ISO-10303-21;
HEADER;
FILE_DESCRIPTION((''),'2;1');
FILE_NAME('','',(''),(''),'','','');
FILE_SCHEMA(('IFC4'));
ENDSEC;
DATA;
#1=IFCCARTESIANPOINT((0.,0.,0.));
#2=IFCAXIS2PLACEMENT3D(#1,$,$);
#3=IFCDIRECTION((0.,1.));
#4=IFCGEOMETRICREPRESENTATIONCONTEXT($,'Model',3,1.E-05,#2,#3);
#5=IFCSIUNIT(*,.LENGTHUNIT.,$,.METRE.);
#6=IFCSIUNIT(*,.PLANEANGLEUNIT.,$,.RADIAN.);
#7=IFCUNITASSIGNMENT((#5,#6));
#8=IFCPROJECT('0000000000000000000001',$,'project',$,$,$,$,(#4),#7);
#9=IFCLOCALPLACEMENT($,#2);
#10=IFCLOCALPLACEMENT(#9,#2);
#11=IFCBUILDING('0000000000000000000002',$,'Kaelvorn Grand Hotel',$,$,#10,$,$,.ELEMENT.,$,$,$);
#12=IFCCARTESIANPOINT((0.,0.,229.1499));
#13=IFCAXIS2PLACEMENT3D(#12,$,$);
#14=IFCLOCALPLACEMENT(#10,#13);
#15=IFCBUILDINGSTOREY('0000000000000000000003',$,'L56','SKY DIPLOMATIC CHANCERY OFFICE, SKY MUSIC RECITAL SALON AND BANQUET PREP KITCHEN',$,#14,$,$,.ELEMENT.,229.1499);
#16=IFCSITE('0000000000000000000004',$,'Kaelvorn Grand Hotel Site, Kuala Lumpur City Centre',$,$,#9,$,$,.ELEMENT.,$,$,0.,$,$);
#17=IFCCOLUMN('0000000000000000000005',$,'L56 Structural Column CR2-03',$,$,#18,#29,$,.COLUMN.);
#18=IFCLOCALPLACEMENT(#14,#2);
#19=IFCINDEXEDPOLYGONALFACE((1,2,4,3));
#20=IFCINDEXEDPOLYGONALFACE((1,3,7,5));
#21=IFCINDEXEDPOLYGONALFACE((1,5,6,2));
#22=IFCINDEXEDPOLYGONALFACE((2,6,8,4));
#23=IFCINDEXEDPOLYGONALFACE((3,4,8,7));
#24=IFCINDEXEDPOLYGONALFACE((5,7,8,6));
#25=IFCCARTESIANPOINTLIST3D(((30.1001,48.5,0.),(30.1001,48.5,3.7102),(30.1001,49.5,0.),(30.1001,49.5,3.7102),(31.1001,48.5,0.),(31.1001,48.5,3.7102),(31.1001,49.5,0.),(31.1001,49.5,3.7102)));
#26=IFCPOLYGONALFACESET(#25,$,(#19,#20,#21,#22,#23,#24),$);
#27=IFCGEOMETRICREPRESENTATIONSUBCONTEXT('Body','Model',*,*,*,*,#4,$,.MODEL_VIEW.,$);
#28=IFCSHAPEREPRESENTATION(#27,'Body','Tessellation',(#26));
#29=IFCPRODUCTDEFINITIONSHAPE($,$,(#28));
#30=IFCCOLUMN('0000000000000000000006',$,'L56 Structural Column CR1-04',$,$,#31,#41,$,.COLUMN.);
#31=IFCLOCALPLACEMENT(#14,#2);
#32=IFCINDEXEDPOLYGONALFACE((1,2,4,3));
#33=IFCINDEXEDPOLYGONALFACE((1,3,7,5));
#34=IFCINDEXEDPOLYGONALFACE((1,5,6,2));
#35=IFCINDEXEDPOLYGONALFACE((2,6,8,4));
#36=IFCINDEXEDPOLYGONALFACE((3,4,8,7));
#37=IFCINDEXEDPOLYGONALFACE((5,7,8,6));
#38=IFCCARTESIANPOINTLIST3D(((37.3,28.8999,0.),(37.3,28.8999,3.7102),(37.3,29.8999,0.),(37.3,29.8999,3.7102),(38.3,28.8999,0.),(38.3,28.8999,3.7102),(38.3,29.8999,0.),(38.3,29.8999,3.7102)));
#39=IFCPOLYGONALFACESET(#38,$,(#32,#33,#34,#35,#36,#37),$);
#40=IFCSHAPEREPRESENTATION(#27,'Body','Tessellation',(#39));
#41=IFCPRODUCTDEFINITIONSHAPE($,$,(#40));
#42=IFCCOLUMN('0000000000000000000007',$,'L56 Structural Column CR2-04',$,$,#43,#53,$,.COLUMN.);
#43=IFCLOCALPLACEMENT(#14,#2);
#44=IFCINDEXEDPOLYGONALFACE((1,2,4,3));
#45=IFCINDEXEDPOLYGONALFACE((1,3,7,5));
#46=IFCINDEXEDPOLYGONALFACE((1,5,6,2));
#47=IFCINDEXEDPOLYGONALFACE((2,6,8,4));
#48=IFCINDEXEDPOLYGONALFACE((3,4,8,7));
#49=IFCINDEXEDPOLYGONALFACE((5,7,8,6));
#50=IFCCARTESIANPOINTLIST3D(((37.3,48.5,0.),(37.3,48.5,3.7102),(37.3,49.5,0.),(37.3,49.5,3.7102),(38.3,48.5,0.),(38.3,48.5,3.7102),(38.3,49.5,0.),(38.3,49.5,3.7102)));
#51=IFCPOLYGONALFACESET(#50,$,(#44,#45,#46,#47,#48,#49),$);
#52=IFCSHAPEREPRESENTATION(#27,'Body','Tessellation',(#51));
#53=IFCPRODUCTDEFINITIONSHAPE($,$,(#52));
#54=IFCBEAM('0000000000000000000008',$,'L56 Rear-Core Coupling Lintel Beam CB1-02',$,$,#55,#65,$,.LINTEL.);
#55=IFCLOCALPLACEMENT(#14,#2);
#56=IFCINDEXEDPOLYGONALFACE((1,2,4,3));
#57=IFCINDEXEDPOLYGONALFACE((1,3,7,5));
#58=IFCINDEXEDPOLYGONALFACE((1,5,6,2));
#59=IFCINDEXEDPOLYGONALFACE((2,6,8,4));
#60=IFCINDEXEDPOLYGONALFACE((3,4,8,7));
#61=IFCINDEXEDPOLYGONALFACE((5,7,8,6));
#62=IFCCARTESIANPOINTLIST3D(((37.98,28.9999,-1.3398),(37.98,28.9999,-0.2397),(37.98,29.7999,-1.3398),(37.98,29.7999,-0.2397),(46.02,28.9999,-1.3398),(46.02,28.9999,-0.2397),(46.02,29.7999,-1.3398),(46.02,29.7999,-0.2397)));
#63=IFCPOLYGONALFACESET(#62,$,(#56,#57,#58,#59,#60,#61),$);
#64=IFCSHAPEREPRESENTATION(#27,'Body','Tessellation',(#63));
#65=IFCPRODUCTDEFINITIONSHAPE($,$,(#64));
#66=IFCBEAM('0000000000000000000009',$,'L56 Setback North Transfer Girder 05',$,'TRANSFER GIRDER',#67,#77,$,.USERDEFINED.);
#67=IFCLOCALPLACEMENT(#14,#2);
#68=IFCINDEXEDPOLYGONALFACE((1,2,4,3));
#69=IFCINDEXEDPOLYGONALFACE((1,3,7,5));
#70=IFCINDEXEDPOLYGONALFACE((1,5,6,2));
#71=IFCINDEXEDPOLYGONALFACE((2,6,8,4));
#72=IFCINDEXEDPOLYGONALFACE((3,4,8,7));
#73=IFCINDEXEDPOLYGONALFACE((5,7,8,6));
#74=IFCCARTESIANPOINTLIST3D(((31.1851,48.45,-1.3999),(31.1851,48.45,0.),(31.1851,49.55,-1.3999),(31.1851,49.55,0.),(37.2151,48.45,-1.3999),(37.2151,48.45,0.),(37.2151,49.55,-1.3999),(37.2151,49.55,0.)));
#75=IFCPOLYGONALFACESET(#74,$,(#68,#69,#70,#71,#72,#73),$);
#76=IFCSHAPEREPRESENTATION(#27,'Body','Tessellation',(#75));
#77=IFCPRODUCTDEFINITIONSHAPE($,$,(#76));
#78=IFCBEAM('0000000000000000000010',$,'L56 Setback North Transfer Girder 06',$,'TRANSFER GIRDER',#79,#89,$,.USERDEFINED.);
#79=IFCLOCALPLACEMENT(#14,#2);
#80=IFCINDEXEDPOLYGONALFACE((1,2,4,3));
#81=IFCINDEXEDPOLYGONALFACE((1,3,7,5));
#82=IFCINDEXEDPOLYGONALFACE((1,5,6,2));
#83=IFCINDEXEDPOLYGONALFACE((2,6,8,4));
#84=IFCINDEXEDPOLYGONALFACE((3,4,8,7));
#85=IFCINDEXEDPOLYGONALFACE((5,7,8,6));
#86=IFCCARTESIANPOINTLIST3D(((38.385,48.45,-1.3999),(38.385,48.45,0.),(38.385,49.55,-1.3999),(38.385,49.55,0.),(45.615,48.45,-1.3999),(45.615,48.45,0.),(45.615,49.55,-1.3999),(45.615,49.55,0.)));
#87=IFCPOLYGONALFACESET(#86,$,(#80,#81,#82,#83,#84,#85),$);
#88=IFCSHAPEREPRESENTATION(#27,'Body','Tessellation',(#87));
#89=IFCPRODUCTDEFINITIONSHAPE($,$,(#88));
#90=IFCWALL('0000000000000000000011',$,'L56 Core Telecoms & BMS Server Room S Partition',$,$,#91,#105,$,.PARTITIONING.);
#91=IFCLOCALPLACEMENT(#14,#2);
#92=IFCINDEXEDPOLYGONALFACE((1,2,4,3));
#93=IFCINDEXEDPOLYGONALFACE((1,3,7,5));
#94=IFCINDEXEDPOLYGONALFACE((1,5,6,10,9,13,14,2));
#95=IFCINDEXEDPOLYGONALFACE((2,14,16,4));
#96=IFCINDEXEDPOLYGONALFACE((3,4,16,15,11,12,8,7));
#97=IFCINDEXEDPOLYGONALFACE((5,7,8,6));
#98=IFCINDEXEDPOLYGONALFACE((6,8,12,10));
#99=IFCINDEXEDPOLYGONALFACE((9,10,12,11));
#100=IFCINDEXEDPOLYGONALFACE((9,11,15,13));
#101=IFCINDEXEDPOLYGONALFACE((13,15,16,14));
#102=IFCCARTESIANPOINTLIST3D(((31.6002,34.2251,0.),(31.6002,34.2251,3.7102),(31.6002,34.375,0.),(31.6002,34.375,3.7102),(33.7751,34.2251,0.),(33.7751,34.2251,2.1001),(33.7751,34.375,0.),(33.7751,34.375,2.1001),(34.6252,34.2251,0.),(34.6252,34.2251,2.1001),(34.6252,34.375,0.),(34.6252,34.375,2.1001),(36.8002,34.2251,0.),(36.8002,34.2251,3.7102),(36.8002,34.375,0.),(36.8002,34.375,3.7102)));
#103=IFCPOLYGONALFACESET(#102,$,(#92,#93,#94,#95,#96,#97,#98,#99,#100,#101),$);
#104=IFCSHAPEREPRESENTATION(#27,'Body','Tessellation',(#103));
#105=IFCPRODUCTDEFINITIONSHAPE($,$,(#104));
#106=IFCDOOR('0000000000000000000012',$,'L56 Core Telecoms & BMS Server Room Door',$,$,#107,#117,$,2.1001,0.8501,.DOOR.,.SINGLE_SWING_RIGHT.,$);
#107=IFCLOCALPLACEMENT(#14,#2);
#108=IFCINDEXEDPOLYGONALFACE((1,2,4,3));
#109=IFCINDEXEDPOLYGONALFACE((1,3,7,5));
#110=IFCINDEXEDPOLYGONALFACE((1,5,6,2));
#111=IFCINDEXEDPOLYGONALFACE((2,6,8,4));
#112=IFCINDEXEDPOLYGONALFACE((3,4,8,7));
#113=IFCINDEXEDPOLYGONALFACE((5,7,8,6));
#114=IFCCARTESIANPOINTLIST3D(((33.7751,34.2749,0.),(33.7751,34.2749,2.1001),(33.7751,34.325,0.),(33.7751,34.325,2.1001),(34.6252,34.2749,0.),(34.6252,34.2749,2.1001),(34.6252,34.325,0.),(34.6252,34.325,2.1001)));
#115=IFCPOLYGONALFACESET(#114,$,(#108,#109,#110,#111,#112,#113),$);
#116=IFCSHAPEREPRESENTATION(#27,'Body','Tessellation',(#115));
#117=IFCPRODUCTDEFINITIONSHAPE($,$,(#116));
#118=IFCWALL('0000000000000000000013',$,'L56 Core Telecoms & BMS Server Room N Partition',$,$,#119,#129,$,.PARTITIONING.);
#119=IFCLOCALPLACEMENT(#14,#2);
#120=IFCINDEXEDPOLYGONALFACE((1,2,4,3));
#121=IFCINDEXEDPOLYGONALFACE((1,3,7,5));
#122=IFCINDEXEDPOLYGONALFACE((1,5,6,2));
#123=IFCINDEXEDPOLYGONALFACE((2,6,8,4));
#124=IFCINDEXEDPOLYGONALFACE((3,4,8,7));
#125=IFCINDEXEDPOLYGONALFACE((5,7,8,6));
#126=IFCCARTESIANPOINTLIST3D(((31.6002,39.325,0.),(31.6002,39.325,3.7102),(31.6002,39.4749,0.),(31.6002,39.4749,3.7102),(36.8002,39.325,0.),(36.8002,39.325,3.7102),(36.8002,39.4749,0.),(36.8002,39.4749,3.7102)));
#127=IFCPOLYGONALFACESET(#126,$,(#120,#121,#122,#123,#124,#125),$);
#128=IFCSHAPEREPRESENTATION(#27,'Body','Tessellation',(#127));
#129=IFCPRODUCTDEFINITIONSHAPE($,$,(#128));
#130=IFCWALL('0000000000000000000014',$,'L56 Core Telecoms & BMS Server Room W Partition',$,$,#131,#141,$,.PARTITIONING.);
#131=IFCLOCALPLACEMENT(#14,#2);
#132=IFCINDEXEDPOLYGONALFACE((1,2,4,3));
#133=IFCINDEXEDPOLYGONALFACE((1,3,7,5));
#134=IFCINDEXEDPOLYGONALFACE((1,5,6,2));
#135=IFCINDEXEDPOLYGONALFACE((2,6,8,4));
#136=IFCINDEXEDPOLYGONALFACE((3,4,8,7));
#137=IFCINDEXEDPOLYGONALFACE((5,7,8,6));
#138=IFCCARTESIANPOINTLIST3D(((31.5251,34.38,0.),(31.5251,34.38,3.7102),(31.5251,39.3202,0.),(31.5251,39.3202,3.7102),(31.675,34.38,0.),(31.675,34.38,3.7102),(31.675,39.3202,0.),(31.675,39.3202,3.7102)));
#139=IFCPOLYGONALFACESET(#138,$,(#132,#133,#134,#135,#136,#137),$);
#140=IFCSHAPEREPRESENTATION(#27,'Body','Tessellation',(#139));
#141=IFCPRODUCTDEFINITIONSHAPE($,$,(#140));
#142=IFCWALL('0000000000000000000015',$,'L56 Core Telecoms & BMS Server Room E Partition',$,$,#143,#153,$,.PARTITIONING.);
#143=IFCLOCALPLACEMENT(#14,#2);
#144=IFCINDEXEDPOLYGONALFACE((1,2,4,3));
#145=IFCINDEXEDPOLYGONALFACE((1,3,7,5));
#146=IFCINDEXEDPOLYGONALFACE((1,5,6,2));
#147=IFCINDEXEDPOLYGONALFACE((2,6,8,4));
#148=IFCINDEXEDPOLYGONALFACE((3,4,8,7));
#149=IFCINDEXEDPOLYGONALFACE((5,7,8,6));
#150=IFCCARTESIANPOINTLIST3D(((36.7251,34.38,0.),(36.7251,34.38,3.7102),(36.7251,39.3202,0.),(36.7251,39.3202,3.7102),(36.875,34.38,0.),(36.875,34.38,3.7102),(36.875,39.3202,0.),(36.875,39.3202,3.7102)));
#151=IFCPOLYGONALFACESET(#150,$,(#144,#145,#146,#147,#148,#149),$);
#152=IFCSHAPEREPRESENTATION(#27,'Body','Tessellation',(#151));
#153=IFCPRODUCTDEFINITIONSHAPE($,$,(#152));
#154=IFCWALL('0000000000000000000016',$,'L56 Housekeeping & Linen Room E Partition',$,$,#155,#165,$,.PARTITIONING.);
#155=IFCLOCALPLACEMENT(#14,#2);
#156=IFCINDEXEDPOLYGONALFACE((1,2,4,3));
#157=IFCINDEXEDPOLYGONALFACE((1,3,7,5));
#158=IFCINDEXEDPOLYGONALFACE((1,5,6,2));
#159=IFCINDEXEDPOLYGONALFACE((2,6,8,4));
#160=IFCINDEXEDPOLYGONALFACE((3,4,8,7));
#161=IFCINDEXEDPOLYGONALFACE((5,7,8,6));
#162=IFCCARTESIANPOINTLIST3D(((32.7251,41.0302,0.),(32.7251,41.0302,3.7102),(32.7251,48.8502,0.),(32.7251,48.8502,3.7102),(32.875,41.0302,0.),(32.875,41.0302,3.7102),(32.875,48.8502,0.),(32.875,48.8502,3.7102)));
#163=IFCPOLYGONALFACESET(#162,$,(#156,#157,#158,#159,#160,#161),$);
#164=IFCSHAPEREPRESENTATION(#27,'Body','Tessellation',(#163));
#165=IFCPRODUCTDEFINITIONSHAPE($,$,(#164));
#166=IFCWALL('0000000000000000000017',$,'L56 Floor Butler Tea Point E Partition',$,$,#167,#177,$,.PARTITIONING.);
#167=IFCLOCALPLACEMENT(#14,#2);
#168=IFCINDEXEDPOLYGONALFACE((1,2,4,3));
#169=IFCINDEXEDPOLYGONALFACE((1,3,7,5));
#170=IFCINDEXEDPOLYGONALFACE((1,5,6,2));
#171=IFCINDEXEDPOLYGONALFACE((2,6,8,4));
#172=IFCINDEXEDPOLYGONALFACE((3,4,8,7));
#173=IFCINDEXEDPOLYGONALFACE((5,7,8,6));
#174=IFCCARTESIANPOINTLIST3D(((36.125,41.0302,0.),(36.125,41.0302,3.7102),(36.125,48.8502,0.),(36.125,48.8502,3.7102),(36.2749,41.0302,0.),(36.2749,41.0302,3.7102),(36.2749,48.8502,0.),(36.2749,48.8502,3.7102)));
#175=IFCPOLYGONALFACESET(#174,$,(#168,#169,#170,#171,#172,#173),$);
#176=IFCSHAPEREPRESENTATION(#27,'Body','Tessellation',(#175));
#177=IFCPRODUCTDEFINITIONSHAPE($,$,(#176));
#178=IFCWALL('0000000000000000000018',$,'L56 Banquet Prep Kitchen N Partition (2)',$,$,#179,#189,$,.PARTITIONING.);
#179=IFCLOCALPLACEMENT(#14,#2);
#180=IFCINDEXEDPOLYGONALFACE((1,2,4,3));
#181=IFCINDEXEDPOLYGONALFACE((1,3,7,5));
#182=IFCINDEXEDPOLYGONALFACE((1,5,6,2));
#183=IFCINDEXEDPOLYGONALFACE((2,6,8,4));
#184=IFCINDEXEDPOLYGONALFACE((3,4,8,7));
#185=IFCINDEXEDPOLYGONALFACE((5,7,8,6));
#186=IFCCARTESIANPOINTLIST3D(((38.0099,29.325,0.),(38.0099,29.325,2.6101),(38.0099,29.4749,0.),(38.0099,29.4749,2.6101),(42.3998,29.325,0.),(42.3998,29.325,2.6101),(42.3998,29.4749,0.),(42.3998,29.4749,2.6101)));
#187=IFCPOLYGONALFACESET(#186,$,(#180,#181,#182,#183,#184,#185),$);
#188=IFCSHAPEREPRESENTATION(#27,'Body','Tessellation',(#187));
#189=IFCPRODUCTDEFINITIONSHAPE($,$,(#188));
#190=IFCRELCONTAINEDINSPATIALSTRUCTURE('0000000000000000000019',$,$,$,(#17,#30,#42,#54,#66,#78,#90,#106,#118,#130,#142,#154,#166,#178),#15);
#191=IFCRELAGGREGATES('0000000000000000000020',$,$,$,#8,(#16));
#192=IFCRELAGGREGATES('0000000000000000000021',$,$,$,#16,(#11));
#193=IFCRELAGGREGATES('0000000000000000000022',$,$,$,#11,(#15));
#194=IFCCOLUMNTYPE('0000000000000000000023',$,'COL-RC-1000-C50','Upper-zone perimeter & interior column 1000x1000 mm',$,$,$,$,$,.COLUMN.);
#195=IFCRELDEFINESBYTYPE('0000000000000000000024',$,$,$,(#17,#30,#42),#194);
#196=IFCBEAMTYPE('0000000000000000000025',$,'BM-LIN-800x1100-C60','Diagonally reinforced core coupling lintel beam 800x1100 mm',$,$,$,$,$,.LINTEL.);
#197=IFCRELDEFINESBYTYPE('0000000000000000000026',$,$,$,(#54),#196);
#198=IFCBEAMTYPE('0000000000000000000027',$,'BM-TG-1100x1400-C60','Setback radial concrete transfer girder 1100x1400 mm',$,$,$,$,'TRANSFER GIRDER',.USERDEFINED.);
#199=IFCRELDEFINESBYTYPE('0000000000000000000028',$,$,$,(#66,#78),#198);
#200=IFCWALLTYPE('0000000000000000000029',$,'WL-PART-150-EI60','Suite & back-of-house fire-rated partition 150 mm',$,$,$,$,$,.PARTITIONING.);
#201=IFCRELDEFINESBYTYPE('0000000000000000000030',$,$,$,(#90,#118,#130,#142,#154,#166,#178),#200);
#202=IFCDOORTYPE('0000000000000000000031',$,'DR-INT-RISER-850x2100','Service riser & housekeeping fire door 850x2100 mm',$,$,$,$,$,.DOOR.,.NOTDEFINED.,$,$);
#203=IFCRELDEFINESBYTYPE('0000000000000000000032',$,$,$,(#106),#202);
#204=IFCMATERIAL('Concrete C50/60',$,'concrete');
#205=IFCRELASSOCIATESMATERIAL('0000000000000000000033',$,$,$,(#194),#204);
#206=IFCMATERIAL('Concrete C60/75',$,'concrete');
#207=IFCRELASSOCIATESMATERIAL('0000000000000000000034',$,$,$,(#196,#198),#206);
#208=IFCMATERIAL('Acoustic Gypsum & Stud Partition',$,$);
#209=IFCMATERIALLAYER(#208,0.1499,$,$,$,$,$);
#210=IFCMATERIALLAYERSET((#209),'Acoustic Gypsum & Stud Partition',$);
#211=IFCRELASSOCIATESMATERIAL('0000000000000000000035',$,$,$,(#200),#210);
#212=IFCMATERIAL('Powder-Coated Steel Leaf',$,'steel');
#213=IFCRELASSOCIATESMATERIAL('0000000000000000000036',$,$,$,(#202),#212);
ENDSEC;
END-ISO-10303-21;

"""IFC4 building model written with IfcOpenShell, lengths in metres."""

from ifc_helpers import new_model, si_unit, direction, frame, frame_2d, origin, origin_2d, place, context, subcontext, project, spatial, rectangle, extrude, material, layer, layer_set, material_profile, profile_set, type_object, element, fill, save


model = new_model("IFC4")

# Units and contexts
model_context = context("Model", 3, precision=1e-05, world=origin(), true_north=direction((0.0, 1.0)))
body_context = subcontext(model_context, "Body", "Model", "MODEL_VIEW")
ifc_project = project(units=[si_unit("LENGTHUNIT", "METRE"), si_unit("PLANEANGLEUNIT", "RADIAN")], contexts=[model_context])

# Site, building, storey
site_placement = place(None, origin())
site = spatial("IfcSite", under=ifc_project, at=site_placement, Name="Kaelvorn Grand Hotel Site, Kuala Lumpur City Centre", CompositionType="ELEMENT", RefElevation=0.0)
building_placement = place(site_placement, origin())
building = spatial("IfcBuilding", under=site, at=building_placement, Name="Kaelvorn Grand Hotel", CompositionType="ELEMENT")
storey_placement = place(building_placement, frame((0.0, 0.0, 229.1499)))
storey = spatial("IfcBuildingStorey", under=building, at=storey_placement, Name="L56", Description="SKY DIPLOMATIC CHANCERY OFFICE, SKY MUSIC RECITAL SALON AND BANQUET PREP KITCHEN", CompositionType="ELEMENT", Elevation=229.1499)

# Columns
ifc_material_1 = material(Name="Concrete C50/60", Category="concrete")
ifc_material_profile_1 = material_profile(ifc_material_1, rectangle(XDim=1.0, YDim=1.0, at=origin_2d()), Name="RC COL 1000x1000")
ifc_profile_set_1 = profile_set([ifc_material_profile_1], Name="Concrete C50/60")
column_type = type_object("IfcColumnType", Name="COL-RC-1000-C50", Description="Upper-zone perimeter & interior column 1000x1000 mm", PredefinedType="COLUMN", material=ifc_profile_set_1)
for number, where, z_axis, x_axis, name in (
    (1, (30.6001, 49.0, 0.0), (0.0, 0.0, 1.0), (1.0, 0.0, 0.0), "L56 Structural Column CR2-03"),
    (2, (37.8, 29.3999, 0.0), (0.0, 0.0, 1.0), (1.0, 0.0, 0.0), "L56 Structural Column CR1-04"),
    (3, (37.8, 49.0, 0.0), (0.0, 0.0, 1.0), (1.0, 0.0, 0.0), "L56 Structural Column CR2-04"),
):
    element("IfcColumn", number, at=place(storey_placement, frame(where, z_axis=z_axis, x_axis=x_axis)), inside=storey, type_object=column_type, Name=name, PredefinedType="COLUMN", context=body_context, shape_type="SweptSolid", body=[
        extrude(rectangle(XDim=1.0, YDim=1.0, at=origin_2d()), origin(), (0.0, 0.0, 1.0), 3.7102),
    ])

# Beams
ifc_material_2 = material(Name="Concrete C60/75", Category="concrete")
ifc_material_profile_2 = material_profile(ifc_material_2, rectangle(XDim=0.8, YDim=1.1001, at=origin_2d()), Name="RC LINTEL 800x1100")
ifc_profile_set_2 = profile_set([ifc_material_profile_2], Name="Concrete C60/75")
beam_type_1 = type_object("IfcBeamType", Name="BM-LIN-800x1100-C60", Description="Diagonally reinforced core coupling lintel beam 800x1100 mm", PredefinedType="LINTEL", material=ifc_profile_set_2)
beam_1_placement = place(storey_placement, frame((37.98, 29.3999, -0.7898), z_axis=(1.0, 0.0, 0.0), x_axis=(0.0, 1.0, 0.0)))
element("IfcBeam", 4, at=beam_1_placement, inside=storey, type_object=beam_type_1, Name="L56 Rear-Core Coupling Lintel Beam CB1-02", PredefinedType="LINTEL", context=body_context, shape_type="SweptSolid", body=[
    extrude(rectangle(XDim=0.8, YDim=1.1001, at=origin_2d()), origin(), (0.0, 0.0, 1.0), 8.04),
])
ifc_material_profile_3 = material_profile(ifc_material_2, rectangle(XDim=1.1001, YDim=1.3999, at=origin_2d()), Name="RC TG 1100x1400")
ifc_profile_set_3 = profile_set([ifc_material_profile_3], Name="Concrete C60/75")
beam_type_2 = type_object("IfcBeamType", Name="BM-TG-1100x1400-C60", Description="Setback radial concrete transfer girder 1100x1400 mm", ElementType="TRANSFER GIRDER", PredefinedType="USERDEFINED", material=ifc_profile_set_3)
beam_2_placement = place(storey_placement, frame((31.1851, 49.0, -0.7), z_axis=(1.0, 0.0, 0.0), x_axis=(0.0, 1.0, 0.0)))
element("IfcBeam", 5, at=beam_2_placement, inside=storey, type_object=beam_type_2, Name="L56 Setback North Transfer Girder 05", ObjectType="TRANSFER GIRDER", PredefinedType="USERDEFINED", context=body_context, shape_type="SweptSolid", body=[
    extrude(rectangle(XDim=1.1001, YDim=1.3999, at=origin_2d()), origin(), (0.0, 0.0, 1.0), 6.03),
])
beam_3_placement = place(storey_placement, frame((38.385, 49.0, -0.7), z_axis=(1.0, 0.0, 0.0), x_axis=(0.0, 1.0, 0.0)))
element("IfcBeam", 6, at=beam_3_placement, inside=storey, type_object=beam_type_2, Name="L56 Setback North Transfer Girder 06", ObjectType="TRANSFER GIRDER", PredefinedType="USERDEFINED", context=body_context, shape_type="SweptSolid", body=[
    extrude(rectangle(XDim=1.1001, YDim=1.3999, at=origin_2d()), origin(), (0.0, 0.0, 1.0), 7.23),
])

# Wall, opening, door
ifc_material_3 = material(Name="Acoustic Gypsum & Stud Partition")
ifc_layer_1 = layer(ifc_material_3, 0.1499)
ifc_layer_set_1 = layer_set([ifc_layer_1], Name="Acoustic Gypsum & Stud Partition")
wall_type_1 = type_object("IfcWallType", Name="WL-PART-150-EI60", Description="Suite & back-of-house fire-rated partition 150 mm", PredefinedType="PARTITIONING", material=ifc_layer_set_1)
wall_1_placement = place(storey_placement, frame((31.6001, 34.3, 0.0), z_axis=(0.0, 0.0, 1.0), x_axis=(1.0, 0.0, 0.0)))
wall_1 = element("IfcWall", 7, at=wall_1_placement, inside=storey, type_object=wall_type_1, Name="L56 Core Telecoms & BMS Server Room S Partition", PredefinedType="PARTITIONING", context=body_context, shape_type="SweptSolid", body=[
    extrude(rectangle(XDim=5.2, YDim=0.1499, at=frame_2d((2.6001, 0.0))), origin(), (0.0, 0.0, 1.0), 3.7102),
])
opening_1_placement = place(wall_1_placement, frame((2.175, 0.0, 0.0)))
opening_1 = element("IfcOpeningElement", 8, at=opening_1_placement, cuts=wall_1, PredefinedType="OPENING", context=body_context, shape_type="SweptSolid", body=[
    extrude(rectangle(XDim=0.8501, YDim=2.1001, at=frame_2d((0.425, 1.05))), frame((0.0, 0.085, 0.0), z_axis=(0.0, -1.0, 0.0), x_axis=(1.0, 0.0, 0.0)), (0.0, 0.0, 1.0), 0.1699),
])
ifc_material_4 = material(Name="Powder-Coated Steel Leaf", Category="steel")
door_type_1 = type_object("IfcDoorType", Name="DR-INT-RISER-850x2100", Description="Service riser & housekeeping fire door 850x2100 mm", OperationType="NOTDEFINED", PredefinedType="DOOR", material=ifc_material_4)
door_1_placement = place(opening_1_placement, origin())
door_1 = element("IfcDoor", 9, at=door_1_placement, inside=storey, type_object=door_type_1, Name="L56 Core Telecoms & BMS Server Room Door", OperationType="SINGLE_SWING_RIGHT", OverallHeight=2.1001, OverallWidth=0.8501, PredefinedType="DOOR", context=body_context, shape_type="SweptSolid", body=[
    extrude(rectangle(XDim=0.8501, YDim=2.1001, at=frame_2d((0.425, 1.05))), frame((0.0, 0.0249, 0.0), z_axis=(0.0, -1.0, 0.0), x_axis=(1.0, 0.0, 0.0)), (0.0, 0.0, 1.0), 0.05),
])
fill(opening_1, door_1)

# Walls
wall_2_placement = place(storey_placement, frame((31.6001, 39.3999, 0.0), z_axis=(0.0, 0.0, 1.0), x_axis=(1.0, 0.0, 0.0)))
element("IfcWall", 10, at=wall_2_placement, inside=storey, type_object=wall_type_1, Name="L56 Core Telecoms & BMS Server Room N Partition", PredefinedType="PARTITIONING", context=body_context, shape_type="SweptSolid", body=[
    extrude(rectangle(XDim=5.2, YDim=0.1499, at=frame_2d((2.6001, 0.0))), origin(), (0.0, 0.0, 1.0), 3.7102),
])
for number, where, z_axis, x_axis, name in (
    (11, (31.6001, 34.3799, 0.0), (0.0, 0.0, 1.0), (0.0, 1.0, 0.0), "L56 Core Telecoms & BMS Server Room W Partition"),
    (12, (36.8, 34.3799, 0.0), (0.0, 0.0, 1.0), (0.0, 1.0, 0.0), "L56 Core Telecoms & BMS Server Room E Partition"),
):
    element("IfcWall", number, at=place(storey_placement, frame(where, z_axis=z_axis, x_axis=x_axis)), inside=storey, type_object=wall_type_1, Name=name, PredefinedType="PARTITIONING", context=body_context, shape_type="SweptSolid", body=[
        extrude(rectangle(XDim=4.9402, YDim=0.1499, at=frame_2d((2.4702, 0.0))), origin(), (0.0, 0.0, 1.0), 3.7102),
    ])
wall_3_placement = place(storey_placement, frame((32.8, 41.03, 0.0), z_axis=(0.0, 0.0, 1.0), x_axis=(0.0, 1.0, 0.0)))
element("IfcWall", 13, at=wall_3_placement, inside=storey, type_object=wall_type_1, Name="L56 Housekeeping & Linen Room E Partition", PredefinedType="PARTITIONING", context=body_context, shape_type="SweptSolid", body=[
    extrude(rectangle(XDim=7.8201, YDim=0.1499, at=frame_2d((3.9102, 0.0))), origin(), (0.0, 0.0, 1.0), 3.7102),
])

# Walls
wall_4_placement = place(storey_placement, frame((36.2, 41.03, 0.0), z_axis=(0.0, 0.0, 1.0), x_axis=(0.0, 1.0, 0.0)))
element("IfcWall", 14, at=wall_4_placement, inside=storey, type_object=wall_type_1, Name="L56 Floor Butler Tea Point E Partition", PredefinedType="PARTITIONING", context=body_context, shape_type="SweptSolid", body=[
    extrude(rectangle(XDim=7.8201, YDim=0.1499, at=frame_2d((3.9102, 0.0))), origin(), (0.0, 0.0, 1.0), 3.7102),
])
wall_5_placement = place(storey_placement, frame((38.01, 29.3999, 0.0), z_axis=(0.0, 0.0, 1.0), x_axis=(1.0, 0.0, 0.0)))
element("IfcWall", 15, at=wall_5_placement, inside=storey, type_object=wall_type_1, Name="L56 Banquet Prep Kitchen N Partition (2)", PredefinedType="PARTITIONING", context=body_context, shape_type="SweptSolid", body=[
    extrude(rectangle(XDim=4.3899, YDim=0.1499, at=frame_2d((2.1948, 0.0))), origin(), (0.0, 0.0, 1.0), 2.6101),
])

save(model, "model.ifc")
